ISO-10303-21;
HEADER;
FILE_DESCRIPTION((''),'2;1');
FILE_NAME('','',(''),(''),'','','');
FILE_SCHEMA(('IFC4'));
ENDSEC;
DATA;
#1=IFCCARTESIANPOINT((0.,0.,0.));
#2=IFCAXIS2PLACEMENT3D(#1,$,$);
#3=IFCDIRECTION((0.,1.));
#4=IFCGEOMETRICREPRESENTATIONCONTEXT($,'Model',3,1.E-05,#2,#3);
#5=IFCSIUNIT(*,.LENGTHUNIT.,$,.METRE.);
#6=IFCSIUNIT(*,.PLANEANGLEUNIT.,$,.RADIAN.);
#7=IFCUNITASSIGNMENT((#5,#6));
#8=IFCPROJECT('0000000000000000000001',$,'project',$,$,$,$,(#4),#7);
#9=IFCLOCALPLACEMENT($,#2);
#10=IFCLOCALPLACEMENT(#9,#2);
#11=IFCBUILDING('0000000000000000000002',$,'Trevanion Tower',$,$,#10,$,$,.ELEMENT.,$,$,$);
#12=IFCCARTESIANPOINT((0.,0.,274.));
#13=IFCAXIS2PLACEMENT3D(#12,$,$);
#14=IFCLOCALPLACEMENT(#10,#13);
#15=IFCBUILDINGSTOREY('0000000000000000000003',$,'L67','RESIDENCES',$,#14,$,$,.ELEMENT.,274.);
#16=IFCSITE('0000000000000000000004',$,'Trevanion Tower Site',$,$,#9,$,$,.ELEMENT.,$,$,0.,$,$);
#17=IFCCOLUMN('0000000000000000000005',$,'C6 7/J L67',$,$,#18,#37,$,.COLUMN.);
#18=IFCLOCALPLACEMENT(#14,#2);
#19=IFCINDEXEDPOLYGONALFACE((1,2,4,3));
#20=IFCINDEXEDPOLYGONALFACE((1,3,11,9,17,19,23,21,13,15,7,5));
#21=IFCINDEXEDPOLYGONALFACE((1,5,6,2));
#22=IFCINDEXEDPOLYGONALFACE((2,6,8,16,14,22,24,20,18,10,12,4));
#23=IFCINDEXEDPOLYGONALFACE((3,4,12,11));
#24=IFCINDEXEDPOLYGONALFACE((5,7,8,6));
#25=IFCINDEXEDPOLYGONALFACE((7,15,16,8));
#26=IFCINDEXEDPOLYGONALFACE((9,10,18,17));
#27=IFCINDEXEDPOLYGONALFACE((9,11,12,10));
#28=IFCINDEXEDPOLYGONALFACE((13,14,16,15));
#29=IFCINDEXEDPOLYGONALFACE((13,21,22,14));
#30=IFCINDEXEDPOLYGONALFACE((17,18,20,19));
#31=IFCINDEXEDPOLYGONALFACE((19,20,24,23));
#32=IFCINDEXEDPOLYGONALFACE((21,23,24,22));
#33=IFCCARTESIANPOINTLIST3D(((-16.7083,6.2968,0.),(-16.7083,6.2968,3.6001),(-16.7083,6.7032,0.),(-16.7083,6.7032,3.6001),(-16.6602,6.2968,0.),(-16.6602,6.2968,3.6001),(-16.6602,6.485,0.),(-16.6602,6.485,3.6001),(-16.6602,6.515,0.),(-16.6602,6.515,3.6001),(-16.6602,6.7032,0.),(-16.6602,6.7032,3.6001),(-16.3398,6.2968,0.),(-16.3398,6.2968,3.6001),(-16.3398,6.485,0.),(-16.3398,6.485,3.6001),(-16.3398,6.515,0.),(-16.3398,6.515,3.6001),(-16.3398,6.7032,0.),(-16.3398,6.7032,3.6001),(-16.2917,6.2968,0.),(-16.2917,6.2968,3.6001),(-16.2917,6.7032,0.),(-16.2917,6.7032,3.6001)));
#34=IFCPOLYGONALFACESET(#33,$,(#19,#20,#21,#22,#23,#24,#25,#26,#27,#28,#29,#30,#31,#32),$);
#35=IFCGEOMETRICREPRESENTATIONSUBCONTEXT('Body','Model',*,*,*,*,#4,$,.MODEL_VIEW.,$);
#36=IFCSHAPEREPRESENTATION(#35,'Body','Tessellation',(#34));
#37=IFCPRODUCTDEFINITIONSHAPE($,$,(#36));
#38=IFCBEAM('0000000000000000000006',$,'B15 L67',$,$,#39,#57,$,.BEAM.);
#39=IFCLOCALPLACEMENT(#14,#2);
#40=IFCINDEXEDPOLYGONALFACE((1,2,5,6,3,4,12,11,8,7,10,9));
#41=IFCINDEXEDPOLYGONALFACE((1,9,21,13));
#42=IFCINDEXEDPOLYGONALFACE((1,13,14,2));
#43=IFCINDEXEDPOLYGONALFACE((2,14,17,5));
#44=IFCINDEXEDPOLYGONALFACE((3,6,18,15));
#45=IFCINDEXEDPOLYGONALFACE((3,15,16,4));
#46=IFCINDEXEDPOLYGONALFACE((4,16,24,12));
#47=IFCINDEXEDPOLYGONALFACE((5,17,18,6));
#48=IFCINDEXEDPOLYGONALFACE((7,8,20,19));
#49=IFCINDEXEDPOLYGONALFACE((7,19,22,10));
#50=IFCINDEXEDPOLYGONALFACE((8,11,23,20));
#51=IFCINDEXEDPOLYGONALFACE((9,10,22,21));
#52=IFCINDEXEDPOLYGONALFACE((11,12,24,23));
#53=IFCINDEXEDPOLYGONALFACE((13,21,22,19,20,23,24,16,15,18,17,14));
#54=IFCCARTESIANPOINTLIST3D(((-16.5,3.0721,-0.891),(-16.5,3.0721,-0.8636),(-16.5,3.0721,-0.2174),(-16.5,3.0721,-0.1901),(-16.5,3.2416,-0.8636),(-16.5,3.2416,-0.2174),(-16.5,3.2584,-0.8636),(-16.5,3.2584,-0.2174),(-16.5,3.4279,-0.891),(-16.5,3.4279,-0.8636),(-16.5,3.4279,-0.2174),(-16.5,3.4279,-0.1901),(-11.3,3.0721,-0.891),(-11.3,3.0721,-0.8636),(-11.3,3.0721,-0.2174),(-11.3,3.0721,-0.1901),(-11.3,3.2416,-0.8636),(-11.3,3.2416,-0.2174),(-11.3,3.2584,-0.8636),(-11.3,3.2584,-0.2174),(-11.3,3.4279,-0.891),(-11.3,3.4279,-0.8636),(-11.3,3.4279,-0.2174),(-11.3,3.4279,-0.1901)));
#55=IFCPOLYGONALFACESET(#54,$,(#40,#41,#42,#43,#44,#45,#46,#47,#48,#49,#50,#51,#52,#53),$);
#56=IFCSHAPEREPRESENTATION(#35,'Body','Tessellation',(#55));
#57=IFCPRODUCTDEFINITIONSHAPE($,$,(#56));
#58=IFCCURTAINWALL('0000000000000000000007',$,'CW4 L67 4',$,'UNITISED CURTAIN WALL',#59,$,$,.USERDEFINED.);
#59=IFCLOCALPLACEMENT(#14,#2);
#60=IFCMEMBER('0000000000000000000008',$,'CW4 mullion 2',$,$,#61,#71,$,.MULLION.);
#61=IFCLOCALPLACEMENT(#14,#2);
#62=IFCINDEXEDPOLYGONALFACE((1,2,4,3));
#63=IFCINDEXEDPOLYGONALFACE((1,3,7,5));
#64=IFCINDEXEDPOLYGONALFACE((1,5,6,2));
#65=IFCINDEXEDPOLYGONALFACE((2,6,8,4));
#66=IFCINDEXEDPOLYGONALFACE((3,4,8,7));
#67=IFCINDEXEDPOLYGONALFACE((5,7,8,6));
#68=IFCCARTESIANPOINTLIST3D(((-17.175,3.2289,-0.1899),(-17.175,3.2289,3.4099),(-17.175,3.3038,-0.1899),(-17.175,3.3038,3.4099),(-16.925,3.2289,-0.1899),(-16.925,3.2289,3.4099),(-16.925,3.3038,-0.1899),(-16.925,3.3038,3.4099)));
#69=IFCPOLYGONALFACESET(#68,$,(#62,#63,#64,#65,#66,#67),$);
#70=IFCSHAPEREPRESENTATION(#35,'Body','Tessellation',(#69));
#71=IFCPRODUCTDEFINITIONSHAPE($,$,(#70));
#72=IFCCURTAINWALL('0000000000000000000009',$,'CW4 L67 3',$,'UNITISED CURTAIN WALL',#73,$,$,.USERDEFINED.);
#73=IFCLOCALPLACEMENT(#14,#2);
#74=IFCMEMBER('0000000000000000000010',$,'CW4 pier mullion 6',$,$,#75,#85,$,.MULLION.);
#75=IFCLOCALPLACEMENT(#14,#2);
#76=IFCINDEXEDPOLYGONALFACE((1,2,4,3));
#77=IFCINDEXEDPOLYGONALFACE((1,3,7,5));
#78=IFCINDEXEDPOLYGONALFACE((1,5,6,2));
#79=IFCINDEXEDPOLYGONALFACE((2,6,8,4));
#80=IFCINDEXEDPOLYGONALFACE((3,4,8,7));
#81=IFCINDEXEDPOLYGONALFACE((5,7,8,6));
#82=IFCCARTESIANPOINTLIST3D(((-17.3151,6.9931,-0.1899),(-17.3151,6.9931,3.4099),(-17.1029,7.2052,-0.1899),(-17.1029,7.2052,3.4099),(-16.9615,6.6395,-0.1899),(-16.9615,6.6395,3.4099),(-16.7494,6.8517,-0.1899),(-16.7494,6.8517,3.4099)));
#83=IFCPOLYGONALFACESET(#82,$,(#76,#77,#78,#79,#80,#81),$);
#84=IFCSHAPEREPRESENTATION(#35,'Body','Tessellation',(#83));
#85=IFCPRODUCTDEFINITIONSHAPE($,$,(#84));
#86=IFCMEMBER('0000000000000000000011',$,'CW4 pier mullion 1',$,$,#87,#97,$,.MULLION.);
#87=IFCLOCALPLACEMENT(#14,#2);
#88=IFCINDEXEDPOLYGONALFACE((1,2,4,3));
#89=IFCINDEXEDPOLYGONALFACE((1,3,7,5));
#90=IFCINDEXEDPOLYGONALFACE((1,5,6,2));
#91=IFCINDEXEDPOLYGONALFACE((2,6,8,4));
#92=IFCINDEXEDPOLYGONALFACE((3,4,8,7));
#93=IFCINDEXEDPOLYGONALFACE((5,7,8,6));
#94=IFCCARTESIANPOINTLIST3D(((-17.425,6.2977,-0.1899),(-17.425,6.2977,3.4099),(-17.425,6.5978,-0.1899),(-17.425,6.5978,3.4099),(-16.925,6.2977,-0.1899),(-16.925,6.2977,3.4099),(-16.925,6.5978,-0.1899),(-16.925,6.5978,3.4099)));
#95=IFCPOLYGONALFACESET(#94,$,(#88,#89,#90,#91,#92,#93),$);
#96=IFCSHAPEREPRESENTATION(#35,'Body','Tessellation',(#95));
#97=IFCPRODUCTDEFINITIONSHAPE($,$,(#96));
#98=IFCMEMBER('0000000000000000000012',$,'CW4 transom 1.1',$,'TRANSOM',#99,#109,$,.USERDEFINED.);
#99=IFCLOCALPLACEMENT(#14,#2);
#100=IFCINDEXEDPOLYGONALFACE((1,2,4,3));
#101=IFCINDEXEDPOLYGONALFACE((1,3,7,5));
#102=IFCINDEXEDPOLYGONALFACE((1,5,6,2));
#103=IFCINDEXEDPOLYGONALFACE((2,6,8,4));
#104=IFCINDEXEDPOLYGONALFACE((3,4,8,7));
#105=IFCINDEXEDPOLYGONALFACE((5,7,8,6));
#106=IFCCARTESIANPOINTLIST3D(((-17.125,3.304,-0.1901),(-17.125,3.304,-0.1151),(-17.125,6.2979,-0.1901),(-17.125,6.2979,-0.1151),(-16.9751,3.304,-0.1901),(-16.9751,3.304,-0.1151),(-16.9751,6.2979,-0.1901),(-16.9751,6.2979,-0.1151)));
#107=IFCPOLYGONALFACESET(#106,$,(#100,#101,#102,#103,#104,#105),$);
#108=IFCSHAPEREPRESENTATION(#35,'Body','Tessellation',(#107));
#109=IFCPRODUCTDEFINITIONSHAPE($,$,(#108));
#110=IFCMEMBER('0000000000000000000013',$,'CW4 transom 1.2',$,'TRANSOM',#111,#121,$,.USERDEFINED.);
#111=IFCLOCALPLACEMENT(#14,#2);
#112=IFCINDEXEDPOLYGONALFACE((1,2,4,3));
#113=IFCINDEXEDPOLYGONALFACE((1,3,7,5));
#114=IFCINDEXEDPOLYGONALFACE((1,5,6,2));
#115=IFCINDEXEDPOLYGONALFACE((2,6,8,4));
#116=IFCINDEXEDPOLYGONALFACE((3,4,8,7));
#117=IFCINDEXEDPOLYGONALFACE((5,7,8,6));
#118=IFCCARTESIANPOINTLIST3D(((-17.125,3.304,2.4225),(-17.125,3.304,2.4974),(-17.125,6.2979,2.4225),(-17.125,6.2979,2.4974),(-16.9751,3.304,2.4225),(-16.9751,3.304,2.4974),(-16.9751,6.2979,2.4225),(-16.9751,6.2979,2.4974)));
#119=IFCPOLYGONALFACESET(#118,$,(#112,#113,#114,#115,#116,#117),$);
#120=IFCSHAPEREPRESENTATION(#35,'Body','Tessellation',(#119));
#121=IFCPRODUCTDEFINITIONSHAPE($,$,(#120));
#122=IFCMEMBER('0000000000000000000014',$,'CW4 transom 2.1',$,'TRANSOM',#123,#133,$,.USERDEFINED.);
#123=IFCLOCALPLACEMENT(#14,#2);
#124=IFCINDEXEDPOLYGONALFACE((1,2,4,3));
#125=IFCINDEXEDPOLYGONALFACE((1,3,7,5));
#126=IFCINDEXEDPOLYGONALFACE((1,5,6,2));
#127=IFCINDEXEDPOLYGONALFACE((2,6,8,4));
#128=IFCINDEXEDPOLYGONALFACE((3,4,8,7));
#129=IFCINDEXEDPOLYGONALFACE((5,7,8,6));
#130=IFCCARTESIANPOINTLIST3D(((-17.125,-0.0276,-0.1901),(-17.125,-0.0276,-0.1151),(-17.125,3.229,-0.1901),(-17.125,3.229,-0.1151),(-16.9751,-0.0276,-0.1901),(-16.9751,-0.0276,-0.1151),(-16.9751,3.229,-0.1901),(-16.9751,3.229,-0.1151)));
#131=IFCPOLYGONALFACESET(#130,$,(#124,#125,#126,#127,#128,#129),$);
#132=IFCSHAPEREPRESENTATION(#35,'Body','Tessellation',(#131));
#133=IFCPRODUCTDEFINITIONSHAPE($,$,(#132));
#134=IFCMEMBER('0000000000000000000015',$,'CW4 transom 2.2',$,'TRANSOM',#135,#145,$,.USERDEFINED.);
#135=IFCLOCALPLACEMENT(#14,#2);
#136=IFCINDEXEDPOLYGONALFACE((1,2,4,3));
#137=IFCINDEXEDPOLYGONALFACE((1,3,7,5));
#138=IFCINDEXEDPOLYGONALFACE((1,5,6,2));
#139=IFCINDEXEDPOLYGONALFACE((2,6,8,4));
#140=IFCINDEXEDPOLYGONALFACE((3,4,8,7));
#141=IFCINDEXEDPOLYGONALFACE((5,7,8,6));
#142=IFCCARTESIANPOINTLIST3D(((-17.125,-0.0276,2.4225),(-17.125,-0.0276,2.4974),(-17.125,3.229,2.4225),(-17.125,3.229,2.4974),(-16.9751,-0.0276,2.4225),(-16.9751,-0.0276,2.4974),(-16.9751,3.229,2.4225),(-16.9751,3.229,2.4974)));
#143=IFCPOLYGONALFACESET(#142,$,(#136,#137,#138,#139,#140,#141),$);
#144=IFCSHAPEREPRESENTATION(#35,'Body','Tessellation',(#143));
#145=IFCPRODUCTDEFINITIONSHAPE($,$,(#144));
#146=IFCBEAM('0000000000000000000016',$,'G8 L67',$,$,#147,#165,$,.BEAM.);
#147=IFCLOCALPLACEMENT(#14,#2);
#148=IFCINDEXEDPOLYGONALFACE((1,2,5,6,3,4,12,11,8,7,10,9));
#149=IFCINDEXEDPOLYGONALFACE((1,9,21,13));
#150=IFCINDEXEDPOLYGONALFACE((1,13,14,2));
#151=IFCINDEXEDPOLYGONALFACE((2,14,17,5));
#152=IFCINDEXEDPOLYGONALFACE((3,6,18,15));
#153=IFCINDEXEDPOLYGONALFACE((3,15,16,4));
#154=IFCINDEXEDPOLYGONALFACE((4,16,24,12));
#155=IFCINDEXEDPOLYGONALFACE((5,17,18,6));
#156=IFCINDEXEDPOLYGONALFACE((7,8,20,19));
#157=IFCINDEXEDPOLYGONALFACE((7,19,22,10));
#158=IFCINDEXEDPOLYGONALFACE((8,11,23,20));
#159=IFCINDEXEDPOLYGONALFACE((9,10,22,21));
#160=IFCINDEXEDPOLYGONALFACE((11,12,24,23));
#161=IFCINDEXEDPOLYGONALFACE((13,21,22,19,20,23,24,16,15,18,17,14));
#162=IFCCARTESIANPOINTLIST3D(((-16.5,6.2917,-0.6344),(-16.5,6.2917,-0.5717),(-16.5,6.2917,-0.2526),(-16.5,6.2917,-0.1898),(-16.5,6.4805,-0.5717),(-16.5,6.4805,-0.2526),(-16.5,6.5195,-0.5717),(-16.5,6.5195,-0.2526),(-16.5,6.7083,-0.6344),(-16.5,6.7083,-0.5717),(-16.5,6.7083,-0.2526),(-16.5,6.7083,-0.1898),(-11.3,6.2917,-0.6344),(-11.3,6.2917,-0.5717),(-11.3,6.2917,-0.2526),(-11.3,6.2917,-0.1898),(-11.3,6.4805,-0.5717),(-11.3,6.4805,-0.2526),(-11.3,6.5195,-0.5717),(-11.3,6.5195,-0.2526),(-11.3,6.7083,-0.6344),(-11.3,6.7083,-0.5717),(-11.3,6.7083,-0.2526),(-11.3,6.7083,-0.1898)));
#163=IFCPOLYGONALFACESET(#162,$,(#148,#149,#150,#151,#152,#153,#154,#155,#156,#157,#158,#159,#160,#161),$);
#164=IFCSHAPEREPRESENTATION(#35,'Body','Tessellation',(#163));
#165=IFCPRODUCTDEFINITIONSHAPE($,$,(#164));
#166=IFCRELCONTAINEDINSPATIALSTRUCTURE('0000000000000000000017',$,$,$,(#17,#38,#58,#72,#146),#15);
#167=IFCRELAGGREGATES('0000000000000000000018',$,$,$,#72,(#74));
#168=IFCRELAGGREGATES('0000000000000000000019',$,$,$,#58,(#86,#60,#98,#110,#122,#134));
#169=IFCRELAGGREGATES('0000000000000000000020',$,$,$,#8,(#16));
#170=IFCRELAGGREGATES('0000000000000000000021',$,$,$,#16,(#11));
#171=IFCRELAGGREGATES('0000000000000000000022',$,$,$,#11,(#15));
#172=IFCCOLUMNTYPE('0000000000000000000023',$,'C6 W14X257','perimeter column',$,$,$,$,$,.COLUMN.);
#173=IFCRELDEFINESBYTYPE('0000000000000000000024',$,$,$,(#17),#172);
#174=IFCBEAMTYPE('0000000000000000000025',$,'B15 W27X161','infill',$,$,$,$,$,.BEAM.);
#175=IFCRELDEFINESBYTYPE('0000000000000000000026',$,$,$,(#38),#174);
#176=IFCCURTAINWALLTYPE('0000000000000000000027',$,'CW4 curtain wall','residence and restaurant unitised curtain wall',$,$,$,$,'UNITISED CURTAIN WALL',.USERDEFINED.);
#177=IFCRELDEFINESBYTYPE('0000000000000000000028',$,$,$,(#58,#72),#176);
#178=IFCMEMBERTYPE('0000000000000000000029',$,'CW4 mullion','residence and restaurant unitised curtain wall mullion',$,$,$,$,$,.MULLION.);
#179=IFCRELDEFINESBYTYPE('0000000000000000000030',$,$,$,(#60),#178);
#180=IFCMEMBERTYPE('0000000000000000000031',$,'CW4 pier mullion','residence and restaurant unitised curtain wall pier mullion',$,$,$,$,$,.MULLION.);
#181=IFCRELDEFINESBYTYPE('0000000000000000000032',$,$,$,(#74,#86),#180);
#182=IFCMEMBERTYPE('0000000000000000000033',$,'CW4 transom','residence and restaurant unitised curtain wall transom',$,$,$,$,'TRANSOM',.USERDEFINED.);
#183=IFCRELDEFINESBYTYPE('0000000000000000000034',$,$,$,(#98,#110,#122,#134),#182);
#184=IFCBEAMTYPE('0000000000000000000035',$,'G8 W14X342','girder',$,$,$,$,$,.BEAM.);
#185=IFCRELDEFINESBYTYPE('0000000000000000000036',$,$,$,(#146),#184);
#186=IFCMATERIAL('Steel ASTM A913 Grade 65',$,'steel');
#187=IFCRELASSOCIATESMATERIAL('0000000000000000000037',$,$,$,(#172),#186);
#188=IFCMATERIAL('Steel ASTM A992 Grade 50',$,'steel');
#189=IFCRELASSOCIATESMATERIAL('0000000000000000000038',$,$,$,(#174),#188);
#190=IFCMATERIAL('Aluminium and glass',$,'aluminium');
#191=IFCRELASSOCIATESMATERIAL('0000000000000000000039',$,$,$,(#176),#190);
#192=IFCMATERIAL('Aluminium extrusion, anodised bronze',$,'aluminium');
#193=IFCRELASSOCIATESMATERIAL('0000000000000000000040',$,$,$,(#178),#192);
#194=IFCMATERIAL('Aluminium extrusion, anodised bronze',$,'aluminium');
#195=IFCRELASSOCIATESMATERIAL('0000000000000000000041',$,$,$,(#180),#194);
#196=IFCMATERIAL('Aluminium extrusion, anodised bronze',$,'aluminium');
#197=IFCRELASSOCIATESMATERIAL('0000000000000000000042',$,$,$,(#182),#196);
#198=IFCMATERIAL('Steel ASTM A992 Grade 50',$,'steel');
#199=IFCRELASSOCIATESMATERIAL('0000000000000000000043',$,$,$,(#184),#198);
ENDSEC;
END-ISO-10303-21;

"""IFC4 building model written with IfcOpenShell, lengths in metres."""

from ifc_helpers import new_model, si_unit, direction, frame, origin, origin_2d, place, context, subcontext, project, spatial, rectangle, i_section, extrude, material, material_profile, profile_set, type_object, element, aggregate, save


model = new_model("IFC4")

# Units and contexts
model_context = context("Model", 3, precision=1e-05, world=origin(), true_north=direction((0.0, 1.0)))
body_context = subcontext(model_context, "Body", "Model", "MODEL_VIEW")
ifc_project = project(units=[si_unit("LENGTHUNIT", "METRE"), si_unit("PLANEANGLEUNIT", "RADIAN")], contexts=[model_context])

# Site, building, storey
site_placement = place(None, origin())
site = spatial("IfcSite", under=ifc_project, at=site_placement, Name="Trevanion Tower Site", CompositionType="ELEMENT", RefElevation=0.0)
building_placement = place(site_placement, origin())
building = spatial("IfcBuilding", under=site, at=building_placement, Name="Trevanion Tower", CompositionType="ELEMENT")
storey_placement = place(building_placement, frame((0.0, 0.0, 274.0)))
storey = spatial("IfcBuildingStorey", under=building, at=storey_placement, Name="L67", Description="RESIDENCES", CompositionType="ELEMENT", Elevation=274.0)

# Column
ifc_material_1 = material(Name="Steel ASTM A913 Grade 65", Category="steel")
ifc_material_profile_1 = material_profile(ifc_material_1, i_section(OverallWidth=0.4065, OverallDepth=0.4165, WebThickness=0.03, FlangeThickness=0.0481, at=origin_2d()), Name="W14X257")
ifc_profile_set_1 = profile_set([ifc_material_profile_1], Name="Steel ASTM A913 Grade 65")
column_type = type_object("IfcColumnType", Name="C6 W14X257", Description="perimeter column", PredefinedType="COLUMN", material=ifc_profile_set_1)
column_placement = place(storey_placement, frame((-16.5, 6.5, 0.0), z_axis=(0.0, 0.0, 1.0), x_axis=(0.0, 1.0, 0.0)))
element("IfcColumn", 1, at=column_placement, inside=storey, type_object=column_type, Name="C6 7/J L67", PredefinedType="COLUMN", context=body_context, shape_type="SweptSolid", body=[
    extrude(i_section(OverallWidth=0.4065, OverallDepth=0.4165, WebThickness=0.03, FlangeThickness=0.0481, at=origin_2d()), origin(), (0.0, 0.0, 1.0), 3.6001),
])

# Beam
ifc_material_2 = material(Name="Steel ASTM A992 Grade 50", Category="steel")
ifc_material_profile_2 = material_profile(ifc_material_2, i_section(OverallWidth=0.3557, OverallDepth=0.7009, WebThickness=0.0168, FlangeThickness=0.0273, at=origin_2d()), Name="W27X161")
ifc_profile_set_2 = profile_set([ifc_material_profile_2], Name="Steel ASTM A992 Grade 50")
beam_type_1 = type_object("IfcBeamType", Name="B15 W27X161", Description="infill", PredefinedType="BEAM", material=ifc_profile_set_2)
beam_1_placement = place(storey_placement, frame((-11.3, 3.25, -0.5405), z_axis=(-1.0, 0.0, 0.0), x_axis=(0.0, -1.0, 0.0)))
element("IfcBeam", 2, at=beam_1_placement, inside=storey, type_object=beam_type_1, Name="B15 L67", PredefinedType="BEAM", context=body_context, shape_type="SweptSolid", body=[
    extrude(i_section(OverallWidth=0.3557, OverallDepth=0.7009, WebThickness=0.0168, FlangeThickness=0.0273, at=origin_2d()), origin(), (0.0, 0.0, 1.0), 5.2),
])

# Curtain walls, members
ifc_material_3 = material(Name="Aluminium and glass", Category="aluminium")
curtain_wall_type = type_object("IfcCurtainWallType", Name="CW4 curtain wall", Description="residence and restaurant unitised curtain wall", ElementType="UNITISED CURTAIN WALL", PredefinedType="USERDEFINED", material=ifc_material_3)
curtain_wall_1_placement = place(storey_placement, origin())
curtain_wall_1 = element("IfcCurtainWall", 3, at=curtain_wall_1_placement, inside=storey, type_object=curtain_wall_type, Name="CW4 L67 4", ObjectType="UNITISED CURTAIN WALL", PredefinedType="USERDEFINED")
ifc_material_4 = material(Name="Aluminium extrusion, anodised bronze", Category="aluminium")
ifc_material_profile_3 = material_profile(ifc_material_4, rectangle(XDim=0.075, YDim=0.25, at=origin_2d()), Name="CW4 mullion")
ifc_profile_set_3 = profile_set([ifc_material_profile_3], Name="Aluminium extrusion, anodised bronze")
member_type_1 = type_object("IfcMemberType", Name="CW4 mullion", Description="residence and restaurant unitised curtain wall mullion", PredefinedType="MULLION", material=ifc_profile_set_3)
member_1_placement = place(storey_placement, frame((-17.05, 3.2664, -0.1899), z_axis=(0.0, 0.0, 1.0), x_axis=(0.0, -1.0, 0.0)))
member_1 = element("IfcMember", 4, at=member_1_placement, type_object=member_type_1, Name="CW4 mullion 2", PredefinedType="MULLION", context=body_context, shape_type="SweptSolid", body=[
    extrude(rectangle(XDim=0.075, YDim=0.25, at=origin_2d()), origin(), (0.0, 0.0, 1.0), 3.5999),
])
curtain_wall_2_placement = place(storey_placement, origin())
curtain_wall_2 = element("IfcCurtainWall", 5, at=curtain_wall_2_placement, inside=storey, type_object=curtain_wall_type, Name="CW4 L67 3", ObjectType="UNITISED CURTAIN WALL", PredefinedType="USERDEFINED")
ifc_material_5 = material(Name="Aluminium extrusion, anodised bronze", Category="aluminium")
ifc_material_profile_4 = material_profile(ifc_material_5, rectangle(XDim=0.3, YDim=0.5, at=origin_2d()), Name="CW4 pier mullion")
ifc_profile_set_4 = profile_set([ifc_material_profile_4], Name="Aluminium extrusion, anodised bronze")
member_type_2 = type_object("IfcMemberType", Name="CW4 pier mullion", Description="residence and restaurant unitised curtain wall pier mullion", PredefinedType="MULLION", material=ifc_profile_set_4)
member_2_placement = place(storey_placement, frame((-17.0322, 6.9224, -0.1899), z_axis=(0.0, 0.0, 1.0), x_axis=(-0.707107, -0.707107, 0.0)))
member_2 = element("IfcMember", 6, at=member_2_placement, type_object=member_type_2, Name="CW4 pier mullion 6", PredefinedType="MULLION", context=body_context, shape_type="SweptSolid", body=[
    extrude(rectangle(XDim=0.3, YDim=0.5, at=origin_2d()), origin(), (0.0, 0.0, 1.0), 3.5999),
])

# Members
member_3_placement = place(storey_placement, frame((-17.175, 6.4478, -0.1899), z_axis=(0.0, 0.0, 1.0), x_axis=(0.0, -1.0, 0.0)))
member_3 = element("IfcMember", 7, at=member_3_placement, type_object=member_type_2, Name="CW4 pier mullion 1", PredefinedType="MULLION", context=body_context, shape_type="SweptSolid", body=[
    extrude(rectangle(XDim=0.3, YDim=0.5, at=origin_2d()), origin(), (0.0, 0.0, 1.0), 3.5999),
])
ifc_material_6 = material(Name="Aluminium extrusion, anodised bronze", Category="aluminium")
ifc_material_profile_5 = material_profile(ifc_material_6, rectangle(XDim=0.1499, YDim=0.075, at=origin_2d()), Name="CW4 transom")
ifc_profile_set_5 = profile_set([ifc_material_profile_5], Name="Aluminium extrusion, anodised bronze")
member_type_3 = type_object("IfcMemberType", Name="CW4 transom", Description="residence and restaurant unitised curtain wall transom", ElementType="TRANSOM", PredefinedType="USERDEFINED", material=ifc_profile_set_5)
member_4_placement = place(storey_placement, frame((-17.05, 6.2979, -0.1526), z_axis=(0.0, -1.0, 0.0), x_axis=(1.0, 0.0, 0.0)))
member_4 = element("IfcMember", 8, at=member_4_placement, type_object=member_type_3, Name="CW4 transom 1.1", ObjectType="TRANSOM", PredefinedType="USERDEFINED", context=body_context, shape_type="SweptSolid", body=[
    extrude(rectangle(XDim=0.1499, YDim=0.075, at=origin_2d()), origin(), (0.0, 0.0, 1.0), 2.9939),
])
member_5_placement = place(storey_placement, frame((-17.05, 6.2979, 2.46), z_axis=(0.0, -1.0, 0.0), x_axis=(1.0, 0.0, 0.0)))
member_5 = element("IfcMember", 9, at=member_5_placement, type_object=member_type_3, Name="CW4 transom 1.2", ObjectType="TRANSOM", PredefinedType="USERDEFINED", context=body_context, shape_type="SweptSolid", body=[
    extrude(rectangle(XDim=0.1499, YDim=0.075, at=origin_2d()), origin(), (0.0, 0.0, 1.0), 2.9939),
])
member_6_placement = place(storey_placement, frame((-17.05, 3.229, -0.1526), z_axis=(0.0, -1.0, 0.0), x_axis=(1.0, 0.0, 0.0)))
member_6 = element("IfcMember", 10, at=member_6_placement, type_object=member_type_3, Name="CW4 transom 2.1", ObjectType="TRANSOM", PredefinedType="USERDEFINED", context=body_context, shape_type="SweptSolid", body=[
    extrude(rectangle(XDim=0.1499, YDim=0.075, at=origin_2d()), origin(), (0.0, 0.0, 1.0), 3.2566),
])
member_7_placement = place(storey_placement, frame((-17.05, 3.229, 2.46), z_axis=(0.0, -1.0, 0.0), x_axis=(1.0, 0.0, 0.0)))
member_7 = element("IfcMember", 11, at=member_7_placement, type_object=member_type_3, Name="CW4 transom 2.2", ObjectType="TRANSOM", PredefinedType="USERDEFINED", context=body_context, shape_type="SweptSolid", body=[
    extrude(rectangle(XDim=0.1499, YDim=0.075, at=origin_2d()), origin(), (0.0, 0.0, 1.0), 3.2566),
])

# Beam
ifc_material_7 = material(Name="Steel ASTM A992 Grade 50", Category="steel")
ifc_material_profile_6 = material_profile(ifc_material_7, i_section(OverallWidth=0.4165, OverallDepth=0.4446, WebThickness=0.0391, FlangeThickness=0.0627, at=origin_2d()), Name="W14X342")
ifc_profile_set_6 = profile_set([ifc_material_profile_6], Name="Steel ASTM A992 Grade 50")
beam_type_2 = type_object("IfcBeamType", Name="G8 W14X342", Description="girder", PredefinedType="BEAM", material=ifc_profile_set_6)
beam_2_placement = place(storey_placement, frame((-11.3, 6.5, -0.4121), z_axis=(-1.0, 0.0, 0.0), x_axis=(0.0, -1.0, 0.0)))
element("IfcBeam", 12, at=beam_2_placement, inside=storey, type_object=beam_type_2, Name="G8 L67", PredefinedType="BEAM", context=body_context, shape_type="SweptSolid", body=[
    extrude(i_section(OverallWidth=0.4165, OverallDepth=0.4446, WebThickness=0.0391, FlangeThickness=0.0627, at=origin_2d()), origin(), (0.0, 0.0, 1.0), 5.2),
])

aggregate(curtain_wall_2, [member_2])
aggregate(curtain_wall_1, [member_3, member_1, member_4, member_5, member_6, member_7])

save(model, "model.ifc")
